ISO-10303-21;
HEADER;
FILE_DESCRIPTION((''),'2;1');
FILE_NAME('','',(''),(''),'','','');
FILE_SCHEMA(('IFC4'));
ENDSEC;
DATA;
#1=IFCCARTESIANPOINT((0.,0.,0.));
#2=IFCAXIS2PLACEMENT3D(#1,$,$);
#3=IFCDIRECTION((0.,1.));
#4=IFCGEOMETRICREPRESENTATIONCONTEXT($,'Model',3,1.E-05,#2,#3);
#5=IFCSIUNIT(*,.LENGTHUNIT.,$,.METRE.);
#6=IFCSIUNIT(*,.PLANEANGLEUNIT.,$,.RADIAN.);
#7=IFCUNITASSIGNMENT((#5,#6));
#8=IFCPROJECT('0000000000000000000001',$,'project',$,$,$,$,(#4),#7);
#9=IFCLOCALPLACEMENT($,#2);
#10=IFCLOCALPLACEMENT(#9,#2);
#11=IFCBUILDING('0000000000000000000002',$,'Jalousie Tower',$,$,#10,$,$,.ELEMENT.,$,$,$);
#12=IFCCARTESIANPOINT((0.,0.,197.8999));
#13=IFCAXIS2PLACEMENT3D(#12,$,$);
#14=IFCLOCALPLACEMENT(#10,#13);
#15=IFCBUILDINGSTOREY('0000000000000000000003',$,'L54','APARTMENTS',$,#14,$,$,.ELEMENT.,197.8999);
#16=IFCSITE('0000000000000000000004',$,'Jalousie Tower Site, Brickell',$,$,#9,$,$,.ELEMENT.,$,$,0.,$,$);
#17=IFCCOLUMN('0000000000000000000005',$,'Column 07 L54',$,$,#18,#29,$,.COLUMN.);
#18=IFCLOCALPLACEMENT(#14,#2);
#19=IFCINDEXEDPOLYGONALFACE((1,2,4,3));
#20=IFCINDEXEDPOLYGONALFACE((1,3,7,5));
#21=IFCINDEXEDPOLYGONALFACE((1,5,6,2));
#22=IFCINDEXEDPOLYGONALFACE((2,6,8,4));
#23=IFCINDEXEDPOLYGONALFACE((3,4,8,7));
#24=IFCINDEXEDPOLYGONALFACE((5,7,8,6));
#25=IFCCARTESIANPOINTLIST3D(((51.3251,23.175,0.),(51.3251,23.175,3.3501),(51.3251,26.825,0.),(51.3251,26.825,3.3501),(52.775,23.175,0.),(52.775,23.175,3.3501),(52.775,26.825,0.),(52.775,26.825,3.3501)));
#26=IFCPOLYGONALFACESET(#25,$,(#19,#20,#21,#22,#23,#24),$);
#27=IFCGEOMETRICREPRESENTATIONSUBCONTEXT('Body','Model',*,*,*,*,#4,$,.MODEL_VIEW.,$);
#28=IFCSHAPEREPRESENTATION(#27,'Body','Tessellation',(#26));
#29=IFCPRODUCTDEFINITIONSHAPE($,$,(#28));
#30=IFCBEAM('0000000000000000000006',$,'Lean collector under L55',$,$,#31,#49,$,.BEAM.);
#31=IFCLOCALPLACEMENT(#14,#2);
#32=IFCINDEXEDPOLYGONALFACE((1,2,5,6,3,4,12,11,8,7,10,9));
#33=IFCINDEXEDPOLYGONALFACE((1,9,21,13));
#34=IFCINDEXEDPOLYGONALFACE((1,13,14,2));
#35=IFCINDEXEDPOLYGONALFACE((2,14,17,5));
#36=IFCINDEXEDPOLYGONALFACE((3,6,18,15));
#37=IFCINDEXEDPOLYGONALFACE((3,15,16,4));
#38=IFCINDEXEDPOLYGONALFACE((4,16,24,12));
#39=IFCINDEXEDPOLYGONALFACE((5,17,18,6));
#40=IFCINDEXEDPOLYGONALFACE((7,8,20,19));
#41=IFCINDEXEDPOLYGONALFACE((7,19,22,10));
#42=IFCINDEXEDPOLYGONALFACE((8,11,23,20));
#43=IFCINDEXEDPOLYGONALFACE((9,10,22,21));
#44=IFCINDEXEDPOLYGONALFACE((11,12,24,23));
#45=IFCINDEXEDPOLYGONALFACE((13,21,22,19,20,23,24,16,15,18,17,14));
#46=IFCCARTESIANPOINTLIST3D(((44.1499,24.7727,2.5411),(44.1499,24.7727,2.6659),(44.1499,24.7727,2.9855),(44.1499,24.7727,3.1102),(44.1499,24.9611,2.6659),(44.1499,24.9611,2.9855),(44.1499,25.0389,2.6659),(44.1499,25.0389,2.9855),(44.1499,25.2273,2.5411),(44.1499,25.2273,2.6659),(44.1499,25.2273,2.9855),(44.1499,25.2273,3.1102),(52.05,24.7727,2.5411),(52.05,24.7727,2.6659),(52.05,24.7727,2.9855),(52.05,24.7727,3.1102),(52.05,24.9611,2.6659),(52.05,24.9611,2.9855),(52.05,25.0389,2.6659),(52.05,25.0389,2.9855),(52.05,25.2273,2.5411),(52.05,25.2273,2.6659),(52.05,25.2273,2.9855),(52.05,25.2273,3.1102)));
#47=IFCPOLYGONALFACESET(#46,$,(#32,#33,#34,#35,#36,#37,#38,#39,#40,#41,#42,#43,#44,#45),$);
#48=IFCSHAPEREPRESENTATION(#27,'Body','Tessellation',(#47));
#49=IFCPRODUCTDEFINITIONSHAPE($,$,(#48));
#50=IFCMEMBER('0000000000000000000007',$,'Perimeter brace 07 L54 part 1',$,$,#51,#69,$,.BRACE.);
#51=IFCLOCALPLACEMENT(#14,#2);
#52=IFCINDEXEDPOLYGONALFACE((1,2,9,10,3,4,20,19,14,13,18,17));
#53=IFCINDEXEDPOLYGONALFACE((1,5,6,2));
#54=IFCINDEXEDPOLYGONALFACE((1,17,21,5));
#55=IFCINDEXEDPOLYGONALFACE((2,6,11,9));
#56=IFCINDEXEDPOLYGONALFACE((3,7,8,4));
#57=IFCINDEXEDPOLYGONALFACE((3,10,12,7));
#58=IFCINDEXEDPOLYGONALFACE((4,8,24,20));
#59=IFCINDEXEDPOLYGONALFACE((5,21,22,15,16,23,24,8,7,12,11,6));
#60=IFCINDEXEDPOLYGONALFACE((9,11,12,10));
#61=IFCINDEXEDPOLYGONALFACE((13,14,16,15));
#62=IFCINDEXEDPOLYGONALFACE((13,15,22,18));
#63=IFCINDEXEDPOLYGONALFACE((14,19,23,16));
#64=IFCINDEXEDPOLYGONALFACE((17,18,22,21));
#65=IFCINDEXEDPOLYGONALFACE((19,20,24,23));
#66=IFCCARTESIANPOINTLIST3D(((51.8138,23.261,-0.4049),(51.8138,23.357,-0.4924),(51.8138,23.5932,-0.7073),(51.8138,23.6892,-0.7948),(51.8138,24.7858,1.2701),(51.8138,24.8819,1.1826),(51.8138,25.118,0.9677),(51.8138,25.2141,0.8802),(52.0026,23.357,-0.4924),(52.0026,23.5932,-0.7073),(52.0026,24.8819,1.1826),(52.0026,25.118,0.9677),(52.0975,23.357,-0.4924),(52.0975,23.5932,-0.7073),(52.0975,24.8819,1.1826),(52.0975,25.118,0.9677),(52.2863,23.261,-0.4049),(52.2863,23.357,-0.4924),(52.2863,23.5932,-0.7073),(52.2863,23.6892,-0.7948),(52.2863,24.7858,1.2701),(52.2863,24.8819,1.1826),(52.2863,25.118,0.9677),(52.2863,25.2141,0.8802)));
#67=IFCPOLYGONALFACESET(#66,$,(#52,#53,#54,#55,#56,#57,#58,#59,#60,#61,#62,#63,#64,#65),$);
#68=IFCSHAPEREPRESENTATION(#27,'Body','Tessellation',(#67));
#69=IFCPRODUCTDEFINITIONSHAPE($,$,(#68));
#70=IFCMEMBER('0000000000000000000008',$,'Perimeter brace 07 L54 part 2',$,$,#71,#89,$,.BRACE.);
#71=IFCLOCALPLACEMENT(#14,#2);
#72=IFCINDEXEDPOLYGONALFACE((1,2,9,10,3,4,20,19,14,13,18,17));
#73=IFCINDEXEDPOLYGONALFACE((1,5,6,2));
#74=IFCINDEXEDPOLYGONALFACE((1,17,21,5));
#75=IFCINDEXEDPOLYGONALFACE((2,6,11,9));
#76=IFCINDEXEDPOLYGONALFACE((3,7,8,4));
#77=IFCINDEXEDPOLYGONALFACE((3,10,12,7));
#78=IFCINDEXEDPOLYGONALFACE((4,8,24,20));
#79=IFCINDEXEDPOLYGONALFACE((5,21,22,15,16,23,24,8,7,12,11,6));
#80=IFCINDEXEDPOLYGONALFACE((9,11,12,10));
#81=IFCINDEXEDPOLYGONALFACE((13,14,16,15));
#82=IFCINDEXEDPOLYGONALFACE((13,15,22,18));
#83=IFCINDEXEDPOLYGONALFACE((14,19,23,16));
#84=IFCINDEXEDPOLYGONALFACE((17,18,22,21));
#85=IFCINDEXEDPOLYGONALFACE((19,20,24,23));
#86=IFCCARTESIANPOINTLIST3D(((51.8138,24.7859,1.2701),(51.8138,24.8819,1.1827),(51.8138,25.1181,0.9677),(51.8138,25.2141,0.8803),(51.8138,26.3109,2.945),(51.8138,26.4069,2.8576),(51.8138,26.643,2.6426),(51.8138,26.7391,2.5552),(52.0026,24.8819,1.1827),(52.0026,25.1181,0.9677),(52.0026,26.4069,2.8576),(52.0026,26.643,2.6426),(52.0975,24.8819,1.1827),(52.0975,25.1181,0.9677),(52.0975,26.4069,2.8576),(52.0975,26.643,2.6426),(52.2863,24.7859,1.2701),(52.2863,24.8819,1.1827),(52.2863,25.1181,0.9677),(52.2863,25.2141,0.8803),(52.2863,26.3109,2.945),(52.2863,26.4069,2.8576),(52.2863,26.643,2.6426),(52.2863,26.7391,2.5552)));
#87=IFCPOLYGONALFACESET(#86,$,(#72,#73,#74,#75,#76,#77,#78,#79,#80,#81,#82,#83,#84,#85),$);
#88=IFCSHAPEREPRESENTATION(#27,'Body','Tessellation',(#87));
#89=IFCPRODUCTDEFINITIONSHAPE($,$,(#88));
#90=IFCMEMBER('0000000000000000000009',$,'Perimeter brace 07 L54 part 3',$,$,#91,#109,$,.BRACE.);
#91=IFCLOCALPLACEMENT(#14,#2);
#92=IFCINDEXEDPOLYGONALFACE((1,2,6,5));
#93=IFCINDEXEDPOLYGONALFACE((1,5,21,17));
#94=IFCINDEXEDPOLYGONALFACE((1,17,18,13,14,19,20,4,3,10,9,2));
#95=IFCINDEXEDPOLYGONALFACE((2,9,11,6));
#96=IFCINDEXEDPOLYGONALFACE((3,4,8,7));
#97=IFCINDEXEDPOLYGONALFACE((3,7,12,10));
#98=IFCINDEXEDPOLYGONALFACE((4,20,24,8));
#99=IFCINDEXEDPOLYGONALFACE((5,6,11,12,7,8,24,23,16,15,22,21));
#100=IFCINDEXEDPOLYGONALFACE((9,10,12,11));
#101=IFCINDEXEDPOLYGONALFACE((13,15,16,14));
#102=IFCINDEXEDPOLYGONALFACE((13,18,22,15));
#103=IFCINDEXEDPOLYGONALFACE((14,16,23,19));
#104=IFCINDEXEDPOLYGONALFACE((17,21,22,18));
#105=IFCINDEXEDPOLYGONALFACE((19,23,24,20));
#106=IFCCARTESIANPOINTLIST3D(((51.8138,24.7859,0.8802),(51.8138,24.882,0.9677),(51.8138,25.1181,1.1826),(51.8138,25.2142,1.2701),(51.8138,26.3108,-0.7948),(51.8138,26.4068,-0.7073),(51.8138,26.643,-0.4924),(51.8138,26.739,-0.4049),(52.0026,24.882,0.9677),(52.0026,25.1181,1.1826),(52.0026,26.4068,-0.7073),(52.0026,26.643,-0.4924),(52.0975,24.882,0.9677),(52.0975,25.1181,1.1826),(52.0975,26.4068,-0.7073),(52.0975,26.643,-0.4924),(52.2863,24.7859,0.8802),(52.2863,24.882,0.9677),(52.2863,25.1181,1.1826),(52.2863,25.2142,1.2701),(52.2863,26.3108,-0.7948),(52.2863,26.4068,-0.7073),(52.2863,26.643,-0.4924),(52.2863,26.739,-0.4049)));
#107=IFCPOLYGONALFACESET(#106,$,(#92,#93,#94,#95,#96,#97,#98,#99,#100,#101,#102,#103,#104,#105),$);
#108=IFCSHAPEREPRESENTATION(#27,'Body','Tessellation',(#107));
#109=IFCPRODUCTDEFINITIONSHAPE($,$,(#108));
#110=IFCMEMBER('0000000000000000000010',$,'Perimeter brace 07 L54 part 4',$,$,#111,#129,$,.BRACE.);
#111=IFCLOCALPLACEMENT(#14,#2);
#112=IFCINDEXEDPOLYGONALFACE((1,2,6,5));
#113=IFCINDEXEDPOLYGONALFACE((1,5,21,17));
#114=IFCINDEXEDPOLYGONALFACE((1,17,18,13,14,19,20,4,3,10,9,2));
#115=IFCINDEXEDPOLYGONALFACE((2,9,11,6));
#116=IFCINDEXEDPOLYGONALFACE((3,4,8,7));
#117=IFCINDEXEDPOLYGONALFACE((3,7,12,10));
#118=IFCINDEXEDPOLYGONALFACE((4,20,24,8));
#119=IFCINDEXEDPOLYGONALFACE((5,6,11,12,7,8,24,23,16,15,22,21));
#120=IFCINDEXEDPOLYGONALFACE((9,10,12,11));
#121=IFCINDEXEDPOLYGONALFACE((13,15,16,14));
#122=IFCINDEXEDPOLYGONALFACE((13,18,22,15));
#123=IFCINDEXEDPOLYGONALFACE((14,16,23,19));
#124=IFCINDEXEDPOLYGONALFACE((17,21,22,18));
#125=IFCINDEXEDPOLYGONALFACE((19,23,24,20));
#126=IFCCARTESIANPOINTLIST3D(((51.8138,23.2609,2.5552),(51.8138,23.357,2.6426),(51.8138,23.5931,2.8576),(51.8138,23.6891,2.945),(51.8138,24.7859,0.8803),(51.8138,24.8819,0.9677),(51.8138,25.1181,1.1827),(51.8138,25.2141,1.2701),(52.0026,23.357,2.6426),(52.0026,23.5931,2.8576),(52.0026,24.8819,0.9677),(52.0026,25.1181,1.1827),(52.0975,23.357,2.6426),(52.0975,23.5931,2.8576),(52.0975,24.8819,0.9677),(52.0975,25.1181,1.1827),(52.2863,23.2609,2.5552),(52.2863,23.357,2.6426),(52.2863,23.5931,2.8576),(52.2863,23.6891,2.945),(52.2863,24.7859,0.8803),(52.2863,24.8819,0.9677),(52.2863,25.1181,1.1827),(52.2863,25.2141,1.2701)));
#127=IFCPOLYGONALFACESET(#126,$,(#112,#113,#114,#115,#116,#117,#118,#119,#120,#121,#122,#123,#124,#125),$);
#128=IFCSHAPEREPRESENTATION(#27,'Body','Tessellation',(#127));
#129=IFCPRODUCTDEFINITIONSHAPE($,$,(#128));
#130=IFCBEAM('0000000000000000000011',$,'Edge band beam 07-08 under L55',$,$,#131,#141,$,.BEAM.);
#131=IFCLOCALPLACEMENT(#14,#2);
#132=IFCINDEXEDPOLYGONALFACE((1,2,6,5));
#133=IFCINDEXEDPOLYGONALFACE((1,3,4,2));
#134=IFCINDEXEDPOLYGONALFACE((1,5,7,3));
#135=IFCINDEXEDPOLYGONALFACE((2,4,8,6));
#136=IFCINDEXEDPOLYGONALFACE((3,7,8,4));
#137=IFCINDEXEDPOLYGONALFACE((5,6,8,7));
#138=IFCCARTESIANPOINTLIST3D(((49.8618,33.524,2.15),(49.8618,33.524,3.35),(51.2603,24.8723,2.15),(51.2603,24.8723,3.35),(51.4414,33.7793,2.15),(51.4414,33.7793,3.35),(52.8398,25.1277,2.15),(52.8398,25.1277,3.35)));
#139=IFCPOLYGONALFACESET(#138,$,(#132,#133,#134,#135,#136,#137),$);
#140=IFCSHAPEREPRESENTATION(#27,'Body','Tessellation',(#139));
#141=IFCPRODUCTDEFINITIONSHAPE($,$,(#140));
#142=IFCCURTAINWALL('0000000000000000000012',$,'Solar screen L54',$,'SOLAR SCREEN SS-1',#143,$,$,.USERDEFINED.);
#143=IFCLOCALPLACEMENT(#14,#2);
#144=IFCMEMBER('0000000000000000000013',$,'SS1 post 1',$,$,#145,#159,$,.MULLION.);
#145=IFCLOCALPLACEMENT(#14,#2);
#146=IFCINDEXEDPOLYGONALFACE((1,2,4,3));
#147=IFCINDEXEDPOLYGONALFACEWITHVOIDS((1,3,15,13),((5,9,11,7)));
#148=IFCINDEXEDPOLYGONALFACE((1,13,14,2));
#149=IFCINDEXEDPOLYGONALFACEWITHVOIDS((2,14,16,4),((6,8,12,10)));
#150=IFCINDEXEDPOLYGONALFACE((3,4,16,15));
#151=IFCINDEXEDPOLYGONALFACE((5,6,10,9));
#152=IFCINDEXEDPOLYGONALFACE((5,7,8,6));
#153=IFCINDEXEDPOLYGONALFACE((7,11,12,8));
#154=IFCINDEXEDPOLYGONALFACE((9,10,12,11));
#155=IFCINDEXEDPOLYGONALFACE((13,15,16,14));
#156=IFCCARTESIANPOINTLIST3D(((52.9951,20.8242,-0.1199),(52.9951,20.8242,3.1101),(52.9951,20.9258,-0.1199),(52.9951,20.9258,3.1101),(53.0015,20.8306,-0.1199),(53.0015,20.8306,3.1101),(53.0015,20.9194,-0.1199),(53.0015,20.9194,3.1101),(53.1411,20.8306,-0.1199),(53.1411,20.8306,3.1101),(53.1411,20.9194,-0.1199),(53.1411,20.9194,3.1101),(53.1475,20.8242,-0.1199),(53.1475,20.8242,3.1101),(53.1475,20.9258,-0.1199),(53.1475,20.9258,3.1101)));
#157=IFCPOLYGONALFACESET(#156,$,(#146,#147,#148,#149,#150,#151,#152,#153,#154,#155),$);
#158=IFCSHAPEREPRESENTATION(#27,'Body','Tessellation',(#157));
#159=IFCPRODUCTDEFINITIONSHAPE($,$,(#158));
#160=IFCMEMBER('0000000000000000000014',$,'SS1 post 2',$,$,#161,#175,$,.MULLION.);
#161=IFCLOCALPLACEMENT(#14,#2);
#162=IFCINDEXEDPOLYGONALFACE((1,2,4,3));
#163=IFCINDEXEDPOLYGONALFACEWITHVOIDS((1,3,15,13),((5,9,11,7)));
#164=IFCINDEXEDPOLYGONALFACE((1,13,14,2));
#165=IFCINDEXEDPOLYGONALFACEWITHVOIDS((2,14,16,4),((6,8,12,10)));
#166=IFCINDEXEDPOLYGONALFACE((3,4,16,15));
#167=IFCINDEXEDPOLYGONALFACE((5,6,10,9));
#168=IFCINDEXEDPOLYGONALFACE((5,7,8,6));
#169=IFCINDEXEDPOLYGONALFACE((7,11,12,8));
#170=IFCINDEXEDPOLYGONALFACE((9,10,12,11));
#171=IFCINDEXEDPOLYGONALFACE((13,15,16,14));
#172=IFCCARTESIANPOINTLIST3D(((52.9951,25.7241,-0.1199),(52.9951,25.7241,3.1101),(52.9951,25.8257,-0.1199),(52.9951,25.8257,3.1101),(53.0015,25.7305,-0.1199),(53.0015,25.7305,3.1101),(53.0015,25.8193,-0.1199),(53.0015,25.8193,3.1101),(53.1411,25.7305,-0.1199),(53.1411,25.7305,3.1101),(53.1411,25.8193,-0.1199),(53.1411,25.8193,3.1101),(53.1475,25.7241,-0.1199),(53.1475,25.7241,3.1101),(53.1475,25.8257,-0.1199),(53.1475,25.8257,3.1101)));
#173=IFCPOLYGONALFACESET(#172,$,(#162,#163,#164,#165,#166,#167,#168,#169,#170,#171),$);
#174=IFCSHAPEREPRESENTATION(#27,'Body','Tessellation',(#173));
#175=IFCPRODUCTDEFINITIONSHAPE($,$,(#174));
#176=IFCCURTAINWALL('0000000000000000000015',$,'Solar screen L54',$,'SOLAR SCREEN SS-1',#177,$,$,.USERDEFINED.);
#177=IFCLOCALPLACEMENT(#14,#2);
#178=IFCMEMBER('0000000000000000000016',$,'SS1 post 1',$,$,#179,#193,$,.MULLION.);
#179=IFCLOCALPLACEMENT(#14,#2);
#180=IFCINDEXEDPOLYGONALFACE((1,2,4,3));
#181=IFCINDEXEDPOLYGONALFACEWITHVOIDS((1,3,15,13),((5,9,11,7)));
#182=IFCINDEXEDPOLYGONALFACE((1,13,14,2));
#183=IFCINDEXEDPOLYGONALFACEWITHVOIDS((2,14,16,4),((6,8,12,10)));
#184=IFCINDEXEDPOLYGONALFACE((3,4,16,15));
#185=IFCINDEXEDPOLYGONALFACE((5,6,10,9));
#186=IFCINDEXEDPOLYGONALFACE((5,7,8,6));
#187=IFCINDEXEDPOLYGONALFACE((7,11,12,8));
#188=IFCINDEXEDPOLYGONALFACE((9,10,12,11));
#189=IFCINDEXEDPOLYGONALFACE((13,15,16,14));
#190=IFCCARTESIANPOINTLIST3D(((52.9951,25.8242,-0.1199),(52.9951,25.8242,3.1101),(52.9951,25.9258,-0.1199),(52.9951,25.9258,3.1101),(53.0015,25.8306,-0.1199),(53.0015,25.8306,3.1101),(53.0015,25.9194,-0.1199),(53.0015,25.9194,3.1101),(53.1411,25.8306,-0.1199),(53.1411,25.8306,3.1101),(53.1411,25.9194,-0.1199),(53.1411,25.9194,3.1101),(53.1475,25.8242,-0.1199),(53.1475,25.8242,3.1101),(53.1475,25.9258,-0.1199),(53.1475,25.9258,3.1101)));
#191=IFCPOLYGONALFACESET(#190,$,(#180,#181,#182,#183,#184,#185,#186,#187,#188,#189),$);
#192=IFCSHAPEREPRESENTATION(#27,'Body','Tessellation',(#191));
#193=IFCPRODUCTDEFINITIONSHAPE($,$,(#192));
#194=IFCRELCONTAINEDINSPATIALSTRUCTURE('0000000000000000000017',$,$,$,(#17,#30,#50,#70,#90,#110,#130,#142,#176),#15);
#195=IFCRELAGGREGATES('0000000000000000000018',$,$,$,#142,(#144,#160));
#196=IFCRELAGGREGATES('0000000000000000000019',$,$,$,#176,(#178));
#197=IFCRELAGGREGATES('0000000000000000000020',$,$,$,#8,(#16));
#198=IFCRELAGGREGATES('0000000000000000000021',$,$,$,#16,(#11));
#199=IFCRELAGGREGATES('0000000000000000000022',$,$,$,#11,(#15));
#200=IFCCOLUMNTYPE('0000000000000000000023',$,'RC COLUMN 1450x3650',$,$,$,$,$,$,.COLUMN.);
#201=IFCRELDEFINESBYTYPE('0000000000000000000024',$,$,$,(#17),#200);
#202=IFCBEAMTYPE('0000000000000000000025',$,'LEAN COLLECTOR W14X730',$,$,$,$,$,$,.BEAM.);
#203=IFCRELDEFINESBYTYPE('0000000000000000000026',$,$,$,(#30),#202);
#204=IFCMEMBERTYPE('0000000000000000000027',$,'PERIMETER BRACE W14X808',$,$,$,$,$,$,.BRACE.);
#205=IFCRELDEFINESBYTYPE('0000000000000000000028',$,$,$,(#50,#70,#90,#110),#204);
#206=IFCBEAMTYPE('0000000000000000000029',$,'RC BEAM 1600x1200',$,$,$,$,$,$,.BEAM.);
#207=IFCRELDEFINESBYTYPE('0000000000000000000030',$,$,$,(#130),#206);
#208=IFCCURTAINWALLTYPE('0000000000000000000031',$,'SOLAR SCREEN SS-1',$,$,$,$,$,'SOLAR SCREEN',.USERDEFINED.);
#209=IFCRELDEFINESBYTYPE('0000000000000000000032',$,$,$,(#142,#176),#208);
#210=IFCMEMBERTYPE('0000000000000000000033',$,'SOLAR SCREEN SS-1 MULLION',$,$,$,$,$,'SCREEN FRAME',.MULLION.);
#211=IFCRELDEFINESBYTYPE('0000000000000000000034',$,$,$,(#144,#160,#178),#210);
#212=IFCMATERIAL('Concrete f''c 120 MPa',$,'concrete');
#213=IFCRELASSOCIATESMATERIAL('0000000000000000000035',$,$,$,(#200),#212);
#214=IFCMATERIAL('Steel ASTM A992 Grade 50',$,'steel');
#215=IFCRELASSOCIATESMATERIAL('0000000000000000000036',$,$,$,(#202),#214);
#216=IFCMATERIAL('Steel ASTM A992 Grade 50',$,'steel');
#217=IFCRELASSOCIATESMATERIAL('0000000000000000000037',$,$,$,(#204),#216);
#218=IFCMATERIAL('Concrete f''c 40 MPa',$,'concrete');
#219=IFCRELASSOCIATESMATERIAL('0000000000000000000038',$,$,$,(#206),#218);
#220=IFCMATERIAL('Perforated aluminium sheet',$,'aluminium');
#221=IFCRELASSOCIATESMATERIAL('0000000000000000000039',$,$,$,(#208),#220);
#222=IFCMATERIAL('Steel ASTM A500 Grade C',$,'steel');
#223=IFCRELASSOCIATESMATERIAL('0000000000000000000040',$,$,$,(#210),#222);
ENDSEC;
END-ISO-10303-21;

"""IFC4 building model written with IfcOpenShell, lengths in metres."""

from ifc_helpers import new_model, si_unit, direction, frame, origin, origin_2d, place, context, subcontext, project, spatial, rectangle, hollow_rectangle, i_section, extrude, material, material_profile, profile_set, type_object, element, aggregate, save


model = new_model("IFC4")

# Units and contexts
model_context = context("Model", 3, precision=1e-05, world=origin(), true_north=direction((0.0, 1.0)))
body_context = subcontext(model_context, "Body", "Model", "MODEL_VIEW")
ifc_project = project(units=[si_unit("LENGTHUNIT", "METRE"), si_unit("PLANEANGLEUNIT", "RADIAN")], contexts=[model_context])

# Site, building, storey
site_placement = place(None, origin())
site = spatial("IfcSite", under=ifc_project, at=site_placement, Name="Jalousie Tower Site, Brickell", CompositionType="ELEMENT", RefElevation=0.0)
building_placement = place(site_placement, origin())
building = spatial("IfcBuilding", under=site, at=building_placement, Name="Jalousie Tower", CompositionType="ELEMENT")
storey_placement = place(building_placement, frame((0.0, 0.0, 197.8999)))
storey = spatial("IfcBuildingStorey", under=building, at=storey_placement, Name="L54", Description="APARTMENTS", CompositionType="ELEMENT", Elevation=197.8999)

# Column
ifc_material_1 = material(Name="Concrete f'c 120 MPa", Category="concrete")
ifc_material_profile_1 = material_profile(ifc_material_1, rectangle(XDim=1.45, YDim=3.6499, at=origin_2d()), Name="RC 1450x3650")
ifc_profile_set_1 = profile_set([ifc_material_profile_1], Name="Concrete f'c 120 MPa")
column_type = type_object("IfcColumnType", Name="RC COLUMN 1450x3650", PredefinedType="COLUMN", material=ifc_profile_set_1)
column_placement = place(storey_placement, frame((52.05, 25.0, 0.0), z_axis=(0.0, 0.0, 1.0), x_axis=(1.0, 0.0, 0.0)))
element("IfcColumn", 1, at=column_placement, inside=storey, type_object=column_type, Name="Column 07 L54", PredefinedType="COLUMN", context=body_context, shape_type="SweptSolid", body=[
    extrude(rectangle(XDim=1.45, YDim=3.6499, at=origin_2d()), origin(), (0.0, 0.0, 1.0), 3.3501),
])

# Beam
ifc_material_2 = material(Name="Steel ASTM A992 Grade 50", Category="steel")
ifc_material_profile_2 = material_profile(ifc_material_2, i_section(OverallWidth=0.4546, OverallDepth=0.5691, WebThickness=0.0779, FlangeThickness=0.1248, at=origin_2d()), Name="W14X730")
ifc_profile_set_2 = profile_set([ifc_material_profile_2], Name="Steel ASTM A992 Grade 50")
beam_type_1 = type_object("IfcBeamType", Name="LEAN COLLECTOR W14X730", PredefinedType="BEAM", material=ifc_profile_set_2)
beam_1_placement = place(storey_placement, frame((52.05, 25.0, 2.8257), z_axis=(-1.0, 0.0, 0.0), x_axis=(0.0, -1.0, 0.0)))
element("IfcBeam", 2, at=beam_1_placement, inside=storey, type_object=beam_type_1, Name="Lean collector under L55", PredefinedType="BEAM", context=body_context, shape_type="SweptSolid", body=[
    extrude(i_section(OverallWidth=0.4546, OverallDepth=0.5691, WebThickness=0.0779, FlangeThickness=0.1248, at=origin_2d()), origin(), (0.0, 0.0, 1.0), 7.9001),
])

# Members
ifc_material_3 = material(Name="Steel ASTM A992 Grade 50", Category="steel")
ifc_material_profile_3 = material_profile(ifc_material_3, i_section(OverallWidth=0.4724, OverallDepth=0.5791, WebThickness=0.095, FlangeThickness=0.1299, at=origin_2d()), Name="W14X808")
ifc_profile_set_3 = profile_set([ifc_material_profile_3], Name="Steel ASTM A992 Grade 50")
member_type_1 = type_object("IfcMemberType", Name="PERIMETER BRACE W14X808", PredefinedType="BRACE", material=ifc_profile_set_3)
for number, where, z_axis, x_axis, name in (
    (3, (52.05, 23.4751, -0.5999), (0.0, 0.673188, 0.739472), (-1.0, 0.0, 0.0), "Perimeter brace 07 L54 part 1"),
    (4, (52.05, 25.0, 1.0752), (0.0, 0.673241, 0.739423), (-1.0, 0.0, 0.0), "Perimeter brace 07 L54 part 2"),
    (5, (52.05, 26.5249, -0.5999), (0.0, -0.673188, 0.739472), (1.0, 0.0, 0.0), "Perimeter brace 07 L54 part 3"),
    (6, (52.05, 25.0, 1.0752), (0.0, -0.673241, 0.739423), (1.0, 0.0, 0.0), "Perimeter brace 07 L54 part 4"),
):
    element("IfcMember", number, at=place(storey_placement, frame(where, z_axis=z_axis, x_axis=x_axis)), inside=storey, type_object=member_type_1, Name=name, PredefinedType="BRACE", context=body_context, shape_type="SweptSolid", body=[
        extrude(i_section(OverallWidth=0.4724, OverallDepth=0.5791, WebThickness=0.095, FlangeThickness=0.1299, at=origin_2d()), origin(), (0.0, 0.0, 1.0), 2.2651),
    ])

# Beam
ifc_material_4 = material(Name="Concrete f'c 40 MPa", Category="concrete")
ifc_material_profile_4 = material_profile(ifc_material_4, rectangle(XDim=1.6001, YDim=1.2, at=origin_2d()), Name="RC 1600x1200")
ifc_profile_set_4 = profile_set([ifc_material_profile_4], Name="Concrete f'c 40 MPa")
beam_type_2 = type_object("IfcBeamType", Name="RC BEAM 1600x1200", PredefinedType="BEAM", material=ifc_profile_set_4)
beam_2_placement = place(storey_placement, frame((52.05, 25.0, 2.75), z_axis=(-0.159568, 0.987187, 0.0), x_axis=(-0.987187, -0.159568, 0.0)))
element("IfcBeam", 7, at=beam_2_placement, inside=storey, type_object=beam_type_2, Name="Edge band beam 07-08 under L55", PredefinedType="BEAM", context=body_context, shape_type="SweptSolid", body=[
    extrude(rectangle(XDim=1.6001, YDim=1.2, at=origin_2d()), origin(), (0.0, 0.0, 1.0), 8.7639),
])

# Curtain walls, members
ifc_material_5 = material(Name="Perforated aluminium sheet", Category="aluminium")
curtain_wall_type = type_object("IfcCurtainWallType", Name="SOLAR SCREEN SS-1", ElementType="SOLAR SCREEN", PredefinedType="USERDEFINED", material=ifc_material_5)
curtain_wall_1_placement = place(storey_placement, origin())
curtain_wall_1 = element("IfcCurtainWall", 8, at=curtain_wall_1_placement, inside=storey, type_object=curtain_wall_type, Name="Solar screen L54", ObjectType="SOLAR SCREEN SS-1", PredefinedType="USERDEFINED")
ifc_material_6 = material(Name="Steel ASTM A500 Grade C", Category="steel")
ifc_material_profile_5 = material_profile(ifc_material_6, hollow_rectangle(XDim=0.1016, YDim=0.1523, WallThickness=0.0063, at=origin_2d()), Name="HSS6X4X1/4")
ifc_profile_set_5 = profile_set([ifc_material_profile_5], Name="Steel ASTM A500 Grade C")
member_type_2 = type_object("IfcMemberType", Name="SOLAR SCREEN SS-1 MULLION", ElementType="SCREEN FRAME", PredefinedType="MULLION", material=ifc_profile_set_5)
member_1_placement = place(storey_placement, frame((53.0713, 20.875, -0.1199), z_axis=(0.0, 0.0, 1.0), x_axis=(0.0, 1.0, 0.0)))
member_1 = element("IfcMember", 9, at=member_1_placement, type_object=member_type_2, Name="SS1 post 1", PredefinedType="MULLION", context=body_context, shape_type="SweptSolid", body=[
    extrude(hollow_rectangle(XDim=0.1016, YDim=0.1523, WallThickness=0.0063, at=origin_2d()), origin(), (0.0, 0.0, 1.0), 3.23),
])
member_2_placement = place(storey_placement, frame((53.0713, 25.7749, -0.1199), z_axis=(0.0, 0.0, 1.0), x_axis=(0.0, 1.0, 0.0)))
member_2 = element("IfcMember", 10, at=member_2_placement, type_object=member_type_2, Name="SS1 post 2", PredefinedType="MULLION", context=body_context, shape_type="SweptSolid", body=[
    extrude(hollow_rectangle(XDim=0.1016, YDim=0.1523, WallThickness=0.0063, at=origin_2d()), origin(), (0.0, 0.0, 1.0), 3.23),
])
curtain_wall_2_placement = place(storey_placement, origin())
curtain_wall_2 = element("IfcCurtainWall", 11, at=curtain_wall_2_placement, inside=storey, type_object=curtain_wall_type, Name="Solar screen L54", ObjectType="SOLAR SCREEN SS-1", PredefinedType="USERDEFINED")
member_3_placement = place(storey_placement, frame((53.0713, 25.875, -0.1199), z_axis=(0.0, 0.0, 1.0), x_axis=(0.0, 1.0, 0.0)))
member_3 = element("IfcMember", 12, at=member_3_placement, type_object=member_type_2, Name="SS1 post 1", PredefinedType="MULLION", context=body_context, shape_type="SweptSolid", body=[
    extrude(hollow_rectangle(XDim=0.1016, YDim=0.1523, WallThickness=0.0063, at=origin_2d()), origin(), (0.0, 0.0, 1.0), 3.23),
])

aggregate(curtain_wall_1, [member_1, member_2])
aggregate(curtain_wall_2, [member_3])

save(model, "model.ifc")
